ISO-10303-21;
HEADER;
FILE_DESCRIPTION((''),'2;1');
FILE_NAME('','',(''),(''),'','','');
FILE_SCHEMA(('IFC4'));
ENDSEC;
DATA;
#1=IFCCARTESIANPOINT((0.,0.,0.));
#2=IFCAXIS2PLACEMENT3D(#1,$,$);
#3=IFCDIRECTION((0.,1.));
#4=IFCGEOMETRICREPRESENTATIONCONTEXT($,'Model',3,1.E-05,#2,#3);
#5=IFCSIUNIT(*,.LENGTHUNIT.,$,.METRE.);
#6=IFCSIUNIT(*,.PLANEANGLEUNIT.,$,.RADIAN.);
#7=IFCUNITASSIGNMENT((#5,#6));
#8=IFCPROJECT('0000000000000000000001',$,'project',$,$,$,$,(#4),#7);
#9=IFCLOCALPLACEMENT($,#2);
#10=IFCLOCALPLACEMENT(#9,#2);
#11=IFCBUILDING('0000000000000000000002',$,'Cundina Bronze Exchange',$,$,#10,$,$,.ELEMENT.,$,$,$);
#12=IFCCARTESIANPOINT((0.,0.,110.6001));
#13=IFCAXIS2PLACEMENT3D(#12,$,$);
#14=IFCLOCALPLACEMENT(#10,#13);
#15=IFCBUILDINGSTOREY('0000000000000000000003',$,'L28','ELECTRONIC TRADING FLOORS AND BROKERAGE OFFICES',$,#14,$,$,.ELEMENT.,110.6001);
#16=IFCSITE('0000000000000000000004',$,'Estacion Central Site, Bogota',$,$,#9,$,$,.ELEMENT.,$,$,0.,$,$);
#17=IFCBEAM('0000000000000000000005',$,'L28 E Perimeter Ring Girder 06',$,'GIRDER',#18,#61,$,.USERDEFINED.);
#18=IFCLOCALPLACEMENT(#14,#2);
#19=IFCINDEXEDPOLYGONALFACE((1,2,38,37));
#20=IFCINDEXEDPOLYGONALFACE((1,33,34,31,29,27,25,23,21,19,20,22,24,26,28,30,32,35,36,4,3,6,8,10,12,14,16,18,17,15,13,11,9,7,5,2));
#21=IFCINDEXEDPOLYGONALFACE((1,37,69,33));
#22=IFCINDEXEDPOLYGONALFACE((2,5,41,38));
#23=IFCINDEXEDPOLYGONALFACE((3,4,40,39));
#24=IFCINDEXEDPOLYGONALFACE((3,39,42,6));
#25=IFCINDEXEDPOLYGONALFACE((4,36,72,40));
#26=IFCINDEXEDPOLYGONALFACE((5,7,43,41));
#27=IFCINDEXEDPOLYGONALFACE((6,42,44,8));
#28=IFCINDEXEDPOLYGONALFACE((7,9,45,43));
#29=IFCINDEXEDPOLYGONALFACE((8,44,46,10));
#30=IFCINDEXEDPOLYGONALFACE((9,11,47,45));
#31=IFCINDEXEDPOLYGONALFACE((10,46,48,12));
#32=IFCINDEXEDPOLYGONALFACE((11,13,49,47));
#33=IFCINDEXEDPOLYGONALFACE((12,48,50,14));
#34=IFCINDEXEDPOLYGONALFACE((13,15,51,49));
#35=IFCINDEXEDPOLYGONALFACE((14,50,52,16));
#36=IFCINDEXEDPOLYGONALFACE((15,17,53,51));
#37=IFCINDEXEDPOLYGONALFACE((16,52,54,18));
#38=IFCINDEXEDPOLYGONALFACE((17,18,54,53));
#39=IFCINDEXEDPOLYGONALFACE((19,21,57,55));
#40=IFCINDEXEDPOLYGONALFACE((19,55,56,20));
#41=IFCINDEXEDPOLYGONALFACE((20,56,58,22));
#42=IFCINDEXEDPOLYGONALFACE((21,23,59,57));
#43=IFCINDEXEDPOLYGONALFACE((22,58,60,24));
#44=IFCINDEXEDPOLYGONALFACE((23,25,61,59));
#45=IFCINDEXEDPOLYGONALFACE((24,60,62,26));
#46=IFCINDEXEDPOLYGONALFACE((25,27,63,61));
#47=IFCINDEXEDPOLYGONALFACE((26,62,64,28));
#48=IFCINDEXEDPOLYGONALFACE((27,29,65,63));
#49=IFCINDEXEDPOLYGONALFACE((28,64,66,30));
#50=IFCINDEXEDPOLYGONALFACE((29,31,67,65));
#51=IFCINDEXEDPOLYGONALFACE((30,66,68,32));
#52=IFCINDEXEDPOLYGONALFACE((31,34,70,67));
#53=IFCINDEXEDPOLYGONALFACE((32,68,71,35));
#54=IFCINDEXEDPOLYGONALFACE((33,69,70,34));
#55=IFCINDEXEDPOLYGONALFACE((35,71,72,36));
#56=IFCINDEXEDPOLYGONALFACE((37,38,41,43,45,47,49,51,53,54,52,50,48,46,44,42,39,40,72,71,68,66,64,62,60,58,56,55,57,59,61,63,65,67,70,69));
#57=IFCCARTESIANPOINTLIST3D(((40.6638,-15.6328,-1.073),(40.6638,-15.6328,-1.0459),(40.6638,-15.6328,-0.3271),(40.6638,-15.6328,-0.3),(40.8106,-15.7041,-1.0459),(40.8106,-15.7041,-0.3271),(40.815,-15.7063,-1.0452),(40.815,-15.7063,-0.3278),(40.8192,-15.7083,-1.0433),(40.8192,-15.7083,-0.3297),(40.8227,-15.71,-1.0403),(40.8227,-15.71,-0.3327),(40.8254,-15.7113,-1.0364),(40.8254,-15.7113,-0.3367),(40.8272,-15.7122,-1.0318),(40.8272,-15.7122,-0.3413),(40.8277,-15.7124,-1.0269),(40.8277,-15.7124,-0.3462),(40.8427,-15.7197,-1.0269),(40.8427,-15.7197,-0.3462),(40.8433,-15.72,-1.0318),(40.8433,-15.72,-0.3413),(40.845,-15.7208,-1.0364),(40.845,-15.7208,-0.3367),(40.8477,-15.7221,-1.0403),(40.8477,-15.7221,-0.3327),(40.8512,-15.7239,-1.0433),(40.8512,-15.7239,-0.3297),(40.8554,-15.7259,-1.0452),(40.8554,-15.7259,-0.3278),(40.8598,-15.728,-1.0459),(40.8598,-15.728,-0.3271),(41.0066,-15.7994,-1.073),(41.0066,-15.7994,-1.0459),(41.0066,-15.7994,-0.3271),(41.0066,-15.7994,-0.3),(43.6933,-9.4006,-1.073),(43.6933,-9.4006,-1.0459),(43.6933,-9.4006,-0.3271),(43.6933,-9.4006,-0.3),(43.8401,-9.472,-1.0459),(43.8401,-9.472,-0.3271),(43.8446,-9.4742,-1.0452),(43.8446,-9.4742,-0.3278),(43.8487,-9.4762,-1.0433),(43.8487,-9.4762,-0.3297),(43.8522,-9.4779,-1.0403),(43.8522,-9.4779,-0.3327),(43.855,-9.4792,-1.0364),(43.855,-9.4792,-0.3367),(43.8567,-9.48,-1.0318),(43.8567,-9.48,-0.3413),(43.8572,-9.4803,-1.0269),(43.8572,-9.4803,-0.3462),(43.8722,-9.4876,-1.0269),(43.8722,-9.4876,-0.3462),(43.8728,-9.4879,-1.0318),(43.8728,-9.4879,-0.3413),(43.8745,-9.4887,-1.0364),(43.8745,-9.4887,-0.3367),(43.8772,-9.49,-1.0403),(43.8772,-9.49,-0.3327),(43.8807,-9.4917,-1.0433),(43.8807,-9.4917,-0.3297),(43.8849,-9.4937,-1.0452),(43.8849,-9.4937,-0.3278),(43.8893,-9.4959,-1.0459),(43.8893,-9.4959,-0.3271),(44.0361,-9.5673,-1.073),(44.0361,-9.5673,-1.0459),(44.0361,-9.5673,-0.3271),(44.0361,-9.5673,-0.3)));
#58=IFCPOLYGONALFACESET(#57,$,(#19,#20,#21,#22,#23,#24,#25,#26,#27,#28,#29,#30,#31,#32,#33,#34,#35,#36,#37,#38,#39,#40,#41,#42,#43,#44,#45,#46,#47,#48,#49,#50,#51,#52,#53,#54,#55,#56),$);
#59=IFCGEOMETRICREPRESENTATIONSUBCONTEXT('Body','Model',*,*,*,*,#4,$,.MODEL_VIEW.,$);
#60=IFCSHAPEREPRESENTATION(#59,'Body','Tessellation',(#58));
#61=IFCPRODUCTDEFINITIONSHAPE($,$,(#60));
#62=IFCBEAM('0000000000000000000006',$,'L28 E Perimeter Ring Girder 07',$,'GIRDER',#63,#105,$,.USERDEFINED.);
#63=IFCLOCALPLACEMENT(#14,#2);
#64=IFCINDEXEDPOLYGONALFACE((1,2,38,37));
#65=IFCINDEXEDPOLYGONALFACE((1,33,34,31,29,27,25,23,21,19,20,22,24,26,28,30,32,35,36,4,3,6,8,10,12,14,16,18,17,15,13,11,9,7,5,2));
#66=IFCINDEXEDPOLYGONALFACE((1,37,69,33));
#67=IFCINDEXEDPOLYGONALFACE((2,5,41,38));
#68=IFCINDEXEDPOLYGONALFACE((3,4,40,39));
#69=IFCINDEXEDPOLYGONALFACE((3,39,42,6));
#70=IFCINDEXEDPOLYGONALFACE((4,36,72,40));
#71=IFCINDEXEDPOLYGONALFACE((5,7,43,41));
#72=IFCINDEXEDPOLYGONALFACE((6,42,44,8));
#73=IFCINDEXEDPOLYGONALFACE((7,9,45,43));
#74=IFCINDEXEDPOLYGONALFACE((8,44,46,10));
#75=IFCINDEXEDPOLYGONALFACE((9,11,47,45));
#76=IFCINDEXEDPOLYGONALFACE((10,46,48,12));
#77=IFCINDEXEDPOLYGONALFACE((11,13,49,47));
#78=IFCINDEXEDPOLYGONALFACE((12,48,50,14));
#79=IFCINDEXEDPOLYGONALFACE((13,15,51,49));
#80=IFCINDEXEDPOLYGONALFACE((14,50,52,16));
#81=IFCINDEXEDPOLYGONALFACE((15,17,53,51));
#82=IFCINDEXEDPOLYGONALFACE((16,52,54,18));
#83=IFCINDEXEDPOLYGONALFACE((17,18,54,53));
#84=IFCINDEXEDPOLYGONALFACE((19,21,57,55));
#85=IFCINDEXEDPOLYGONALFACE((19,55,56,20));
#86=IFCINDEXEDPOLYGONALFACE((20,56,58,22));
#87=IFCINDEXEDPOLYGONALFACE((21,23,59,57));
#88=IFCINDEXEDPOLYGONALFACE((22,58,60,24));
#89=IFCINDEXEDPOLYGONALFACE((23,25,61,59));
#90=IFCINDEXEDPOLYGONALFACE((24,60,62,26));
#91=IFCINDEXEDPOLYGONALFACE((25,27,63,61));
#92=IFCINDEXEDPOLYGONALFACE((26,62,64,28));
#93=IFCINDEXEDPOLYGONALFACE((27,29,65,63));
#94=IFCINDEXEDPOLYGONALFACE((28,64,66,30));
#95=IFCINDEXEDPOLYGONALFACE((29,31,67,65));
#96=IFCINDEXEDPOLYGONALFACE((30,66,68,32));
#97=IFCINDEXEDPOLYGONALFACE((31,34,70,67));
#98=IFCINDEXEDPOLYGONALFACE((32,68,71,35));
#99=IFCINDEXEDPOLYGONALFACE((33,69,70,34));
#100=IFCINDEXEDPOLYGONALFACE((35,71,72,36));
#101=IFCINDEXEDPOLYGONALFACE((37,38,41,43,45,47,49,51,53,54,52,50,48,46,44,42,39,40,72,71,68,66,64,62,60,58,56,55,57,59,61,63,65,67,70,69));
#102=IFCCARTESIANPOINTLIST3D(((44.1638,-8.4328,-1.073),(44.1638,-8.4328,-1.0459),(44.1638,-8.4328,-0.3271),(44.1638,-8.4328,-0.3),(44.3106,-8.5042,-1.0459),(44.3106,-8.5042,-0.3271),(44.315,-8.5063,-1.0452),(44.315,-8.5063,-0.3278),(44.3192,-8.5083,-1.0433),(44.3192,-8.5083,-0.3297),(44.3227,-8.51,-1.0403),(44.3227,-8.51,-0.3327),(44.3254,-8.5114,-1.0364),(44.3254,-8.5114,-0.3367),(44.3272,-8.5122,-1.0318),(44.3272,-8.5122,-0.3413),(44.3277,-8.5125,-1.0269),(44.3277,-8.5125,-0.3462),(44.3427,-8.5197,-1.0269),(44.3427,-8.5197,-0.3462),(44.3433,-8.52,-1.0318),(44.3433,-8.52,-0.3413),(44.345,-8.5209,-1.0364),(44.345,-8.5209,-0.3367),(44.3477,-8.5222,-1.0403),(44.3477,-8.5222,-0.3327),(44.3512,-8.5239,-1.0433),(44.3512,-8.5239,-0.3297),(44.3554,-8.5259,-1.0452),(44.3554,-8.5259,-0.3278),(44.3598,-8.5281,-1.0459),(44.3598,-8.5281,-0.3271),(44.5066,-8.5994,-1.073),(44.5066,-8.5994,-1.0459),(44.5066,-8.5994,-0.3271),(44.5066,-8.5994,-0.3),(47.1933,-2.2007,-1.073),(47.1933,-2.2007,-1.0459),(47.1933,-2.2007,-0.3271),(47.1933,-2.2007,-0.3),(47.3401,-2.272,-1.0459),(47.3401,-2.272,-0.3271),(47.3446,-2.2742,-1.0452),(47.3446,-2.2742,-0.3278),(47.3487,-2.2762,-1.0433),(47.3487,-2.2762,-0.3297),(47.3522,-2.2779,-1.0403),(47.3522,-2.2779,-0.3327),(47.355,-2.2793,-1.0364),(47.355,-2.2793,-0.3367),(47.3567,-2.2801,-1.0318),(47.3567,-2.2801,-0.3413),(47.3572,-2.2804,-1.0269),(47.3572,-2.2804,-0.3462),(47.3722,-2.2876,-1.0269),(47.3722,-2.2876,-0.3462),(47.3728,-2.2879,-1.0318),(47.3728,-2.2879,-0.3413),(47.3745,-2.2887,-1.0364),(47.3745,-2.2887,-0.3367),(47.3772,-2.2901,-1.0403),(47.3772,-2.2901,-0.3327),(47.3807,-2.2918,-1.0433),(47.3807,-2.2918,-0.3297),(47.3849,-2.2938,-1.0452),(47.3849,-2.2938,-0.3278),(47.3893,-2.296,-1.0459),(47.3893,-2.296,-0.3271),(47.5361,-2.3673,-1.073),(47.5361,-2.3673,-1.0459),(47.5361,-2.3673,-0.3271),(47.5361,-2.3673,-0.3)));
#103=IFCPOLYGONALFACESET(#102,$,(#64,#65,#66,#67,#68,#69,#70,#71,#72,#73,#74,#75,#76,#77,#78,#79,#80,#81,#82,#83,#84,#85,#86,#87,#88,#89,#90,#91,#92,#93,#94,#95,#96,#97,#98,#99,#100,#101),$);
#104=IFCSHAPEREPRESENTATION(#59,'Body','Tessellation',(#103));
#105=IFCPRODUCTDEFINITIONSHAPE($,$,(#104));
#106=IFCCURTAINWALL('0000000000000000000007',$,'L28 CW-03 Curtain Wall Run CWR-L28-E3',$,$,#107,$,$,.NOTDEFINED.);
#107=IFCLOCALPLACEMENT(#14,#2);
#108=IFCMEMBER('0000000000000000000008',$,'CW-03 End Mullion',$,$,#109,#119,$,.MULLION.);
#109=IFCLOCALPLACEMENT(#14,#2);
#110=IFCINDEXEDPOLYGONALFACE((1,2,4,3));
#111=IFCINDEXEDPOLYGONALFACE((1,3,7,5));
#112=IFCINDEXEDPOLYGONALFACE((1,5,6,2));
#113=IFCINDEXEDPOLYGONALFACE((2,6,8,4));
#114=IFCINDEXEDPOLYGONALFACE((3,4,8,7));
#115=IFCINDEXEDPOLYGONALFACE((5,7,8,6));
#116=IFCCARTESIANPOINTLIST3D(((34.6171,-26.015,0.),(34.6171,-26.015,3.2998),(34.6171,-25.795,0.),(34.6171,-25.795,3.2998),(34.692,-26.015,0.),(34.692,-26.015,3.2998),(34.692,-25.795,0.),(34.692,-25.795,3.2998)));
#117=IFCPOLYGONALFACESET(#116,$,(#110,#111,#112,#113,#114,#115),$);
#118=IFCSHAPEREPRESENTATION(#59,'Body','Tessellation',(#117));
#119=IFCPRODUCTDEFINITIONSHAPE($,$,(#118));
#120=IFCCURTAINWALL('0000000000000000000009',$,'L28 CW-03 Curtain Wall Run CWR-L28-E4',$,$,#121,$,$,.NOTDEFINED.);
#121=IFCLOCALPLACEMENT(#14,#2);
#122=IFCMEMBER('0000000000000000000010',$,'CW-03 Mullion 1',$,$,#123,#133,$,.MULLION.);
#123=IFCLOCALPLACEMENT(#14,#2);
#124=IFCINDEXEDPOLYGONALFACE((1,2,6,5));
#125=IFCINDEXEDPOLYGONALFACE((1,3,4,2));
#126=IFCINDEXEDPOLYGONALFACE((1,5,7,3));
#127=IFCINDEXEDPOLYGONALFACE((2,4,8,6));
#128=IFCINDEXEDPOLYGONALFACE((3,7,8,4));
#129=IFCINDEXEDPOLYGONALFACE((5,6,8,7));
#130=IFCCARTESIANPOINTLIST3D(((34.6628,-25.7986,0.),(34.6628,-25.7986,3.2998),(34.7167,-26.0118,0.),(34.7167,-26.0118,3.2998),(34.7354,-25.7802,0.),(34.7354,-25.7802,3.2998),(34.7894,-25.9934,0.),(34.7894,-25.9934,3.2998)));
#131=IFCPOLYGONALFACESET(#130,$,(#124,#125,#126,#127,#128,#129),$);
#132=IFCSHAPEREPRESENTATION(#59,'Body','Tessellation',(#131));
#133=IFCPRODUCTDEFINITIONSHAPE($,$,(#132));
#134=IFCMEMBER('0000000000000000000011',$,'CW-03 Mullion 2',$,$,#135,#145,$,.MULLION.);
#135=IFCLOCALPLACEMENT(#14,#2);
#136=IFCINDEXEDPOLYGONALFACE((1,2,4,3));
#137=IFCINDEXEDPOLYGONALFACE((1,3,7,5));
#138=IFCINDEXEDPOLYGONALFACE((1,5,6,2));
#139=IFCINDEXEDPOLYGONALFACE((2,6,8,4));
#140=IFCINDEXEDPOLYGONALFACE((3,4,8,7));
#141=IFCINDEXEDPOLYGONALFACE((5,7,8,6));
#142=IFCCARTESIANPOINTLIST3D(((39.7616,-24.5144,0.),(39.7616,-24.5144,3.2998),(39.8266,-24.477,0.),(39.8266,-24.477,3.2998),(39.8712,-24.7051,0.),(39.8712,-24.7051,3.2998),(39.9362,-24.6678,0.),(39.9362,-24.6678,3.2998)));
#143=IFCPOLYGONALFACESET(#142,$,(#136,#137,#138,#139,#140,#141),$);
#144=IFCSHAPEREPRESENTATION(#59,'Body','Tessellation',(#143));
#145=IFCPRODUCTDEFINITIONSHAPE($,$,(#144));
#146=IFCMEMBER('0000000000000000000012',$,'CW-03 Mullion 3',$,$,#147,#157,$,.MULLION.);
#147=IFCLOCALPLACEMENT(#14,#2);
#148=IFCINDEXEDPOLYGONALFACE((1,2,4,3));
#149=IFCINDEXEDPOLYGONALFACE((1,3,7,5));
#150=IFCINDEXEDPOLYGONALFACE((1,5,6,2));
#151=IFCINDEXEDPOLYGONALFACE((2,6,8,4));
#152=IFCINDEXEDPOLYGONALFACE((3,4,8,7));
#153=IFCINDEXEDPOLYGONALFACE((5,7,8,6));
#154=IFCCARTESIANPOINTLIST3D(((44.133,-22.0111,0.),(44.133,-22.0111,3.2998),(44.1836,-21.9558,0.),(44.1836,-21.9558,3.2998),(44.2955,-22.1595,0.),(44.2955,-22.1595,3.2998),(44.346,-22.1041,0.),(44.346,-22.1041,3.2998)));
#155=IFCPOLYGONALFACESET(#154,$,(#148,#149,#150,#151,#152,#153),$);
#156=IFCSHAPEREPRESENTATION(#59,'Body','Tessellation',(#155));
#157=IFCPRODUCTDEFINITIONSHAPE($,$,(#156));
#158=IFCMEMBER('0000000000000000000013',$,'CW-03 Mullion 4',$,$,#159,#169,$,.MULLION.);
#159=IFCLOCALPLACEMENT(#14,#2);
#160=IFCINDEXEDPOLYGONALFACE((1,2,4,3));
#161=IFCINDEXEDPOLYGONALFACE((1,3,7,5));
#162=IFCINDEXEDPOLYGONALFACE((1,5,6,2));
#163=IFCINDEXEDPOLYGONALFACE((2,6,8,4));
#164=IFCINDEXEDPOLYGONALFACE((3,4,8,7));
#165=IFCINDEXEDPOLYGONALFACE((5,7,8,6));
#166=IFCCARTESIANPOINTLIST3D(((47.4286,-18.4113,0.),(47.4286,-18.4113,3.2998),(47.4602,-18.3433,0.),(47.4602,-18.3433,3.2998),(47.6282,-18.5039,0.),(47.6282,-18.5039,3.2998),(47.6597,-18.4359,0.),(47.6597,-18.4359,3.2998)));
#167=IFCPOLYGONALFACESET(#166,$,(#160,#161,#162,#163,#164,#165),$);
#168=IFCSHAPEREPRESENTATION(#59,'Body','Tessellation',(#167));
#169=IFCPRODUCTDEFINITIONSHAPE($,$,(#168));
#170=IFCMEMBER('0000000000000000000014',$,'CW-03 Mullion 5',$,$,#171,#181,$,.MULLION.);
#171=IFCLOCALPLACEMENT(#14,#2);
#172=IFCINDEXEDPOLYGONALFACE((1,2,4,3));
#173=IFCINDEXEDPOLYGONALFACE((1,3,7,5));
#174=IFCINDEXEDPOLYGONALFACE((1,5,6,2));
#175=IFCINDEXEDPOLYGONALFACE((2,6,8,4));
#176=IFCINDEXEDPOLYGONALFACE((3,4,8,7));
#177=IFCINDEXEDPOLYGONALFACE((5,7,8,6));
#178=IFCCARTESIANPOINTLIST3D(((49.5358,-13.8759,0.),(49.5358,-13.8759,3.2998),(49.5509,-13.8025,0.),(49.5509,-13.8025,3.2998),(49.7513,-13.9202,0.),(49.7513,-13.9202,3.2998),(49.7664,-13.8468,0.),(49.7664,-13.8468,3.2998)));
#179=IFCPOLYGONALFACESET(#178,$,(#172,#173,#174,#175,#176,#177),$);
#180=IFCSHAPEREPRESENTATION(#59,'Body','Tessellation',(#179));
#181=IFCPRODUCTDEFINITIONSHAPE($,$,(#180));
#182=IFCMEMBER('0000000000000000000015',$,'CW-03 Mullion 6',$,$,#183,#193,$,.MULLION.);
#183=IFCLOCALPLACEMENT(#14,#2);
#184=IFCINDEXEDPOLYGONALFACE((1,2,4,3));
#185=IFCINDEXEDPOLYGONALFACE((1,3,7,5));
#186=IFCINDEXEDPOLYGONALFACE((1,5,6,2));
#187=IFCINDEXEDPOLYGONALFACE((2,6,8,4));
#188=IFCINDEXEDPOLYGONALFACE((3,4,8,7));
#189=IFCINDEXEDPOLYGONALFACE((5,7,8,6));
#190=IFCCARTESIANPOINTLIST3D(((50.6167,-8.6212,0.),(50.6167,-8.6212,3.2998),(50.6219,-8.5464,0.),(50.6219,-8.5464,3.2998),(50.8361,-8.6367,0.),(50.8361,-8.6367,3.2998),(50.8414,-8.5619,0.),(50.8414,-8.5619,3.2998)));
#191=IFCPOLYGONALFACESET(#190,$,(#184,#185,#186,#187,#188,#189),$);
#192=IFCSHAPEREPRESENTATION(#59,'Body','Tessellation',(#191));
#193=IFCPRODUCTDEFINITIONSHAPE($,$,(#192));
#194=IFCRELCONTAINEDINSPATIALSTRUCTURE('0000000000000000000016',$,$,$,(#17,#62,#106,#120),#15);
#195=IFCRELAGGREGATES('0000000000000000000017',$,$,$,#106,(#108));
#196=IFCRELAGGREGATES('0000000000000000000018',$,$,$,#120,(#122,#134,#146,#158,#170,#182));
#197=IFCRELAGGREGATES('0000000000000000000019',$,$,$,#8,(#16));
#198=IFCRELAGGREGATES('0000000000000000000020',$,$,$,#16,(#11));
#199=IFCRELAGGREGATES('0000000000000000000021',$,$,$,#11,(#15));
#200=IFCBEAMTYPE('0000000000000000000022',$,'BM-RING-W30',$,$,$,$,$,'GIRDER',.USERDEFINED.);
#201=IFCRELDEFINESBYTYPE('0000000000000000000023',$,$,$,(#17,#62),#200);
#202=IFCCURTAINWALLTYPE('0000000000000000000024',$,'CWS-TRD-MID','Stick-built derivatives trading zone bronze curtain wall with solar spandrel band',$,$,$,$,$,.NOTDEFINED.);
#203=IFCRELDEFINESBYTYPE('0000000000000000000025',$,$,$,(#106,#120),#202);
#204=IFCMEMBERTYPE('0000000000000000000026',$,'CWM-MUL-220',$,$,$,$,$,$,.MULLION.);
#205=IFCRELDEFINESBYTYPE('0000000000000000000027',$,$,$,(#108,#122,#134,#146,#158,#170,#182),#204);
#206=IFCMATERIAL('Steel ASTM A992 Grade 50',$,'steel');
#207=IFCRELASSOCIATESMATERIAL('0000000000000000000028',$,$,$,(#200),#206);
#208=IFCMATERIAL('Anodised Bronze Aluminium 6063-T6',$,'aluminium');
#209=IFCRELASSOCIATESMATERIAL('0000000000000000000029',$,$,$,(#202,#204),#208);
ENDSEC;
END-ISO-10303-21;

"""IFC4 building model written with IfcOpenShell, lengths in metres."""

from ifc_helpers import new_model, si_unit, direction, frame, origin, origin_2d, place, context, subcontext, project, spatial, rectangle, i_section, extrude, material, material_profile, profile_set, type_object, element, aggregate, save


model = new_model("IFC4")

# Units and contexts
model_context = context("Model", 3, precision=1e-05, world=origin(), true_north=direction((0.0, 1.0)))
body_context = subcontext(model_context, "Body", "Model", "MODEL_VIEW")
ifc_project = project(units=[si_unit("LENGTHUNIT", "METRE"), si_unit("PLANEANGLEUNIT", "RADIAN")], contexts=[model_context])

# Site, building, storey
site_placement = place(None, origin())
site = spatial("IfcSite", under=ifc_project, at=site_placement, Name="Estacion Central Site, Bogota", CompositionType="ELEMENT", RefElevation=0.0)
building_placement = place(site_placement, origin())
building = spatial("IfcBuilding", under=site, at=building_placement, Name="Cundina Bronze Exchange", CompositionType="ELEMENT")
storey_placement = place(building_placement, frame((0.0, 0.0, 110.6001)))
storey = spatial("IfcBuildingStorey", under=building, at=storey_placement, Name="L28", Description="ELECTRONIC TRADING FLOORS AND BROKERAGE OFFICES", CompositionType="ELEMENT", Elevation=110.6001)

# Beams
ifc_material_1 = material(Name="Steel ASTM A992 Grade 50", Category="steel")
ifc_material_profile_1 = material_profile(ifc_material_1, i_section(OverallWidth=0.3811, OverallDepth=0.7729, WebThickness=0.0166, FlangeThickness=0.0271, FilletRadius=0.019, at=origin_2d()), Name="W30X173", Category="steel")
ifc_profile_set_1 = profile_set([ifc_material_profile_1], Name="Steel ASTM A992 Grade 50")
beam_type_1 = type_object("IfcBeamType", Name="BM-RING-W30", ElementType="GIRDER", PredefinedType="USERDEFINED", material=ifc_profile_set_1)
for number, where, z_axis, x_axis, name in (
    (1, (40.8352, -15.7161, -0.6865), (0.437194, 0.899367, 0.0), (-0.899367, 0.437194, 0.0), "L28 E Perimeter Ring Girder 06"),
    (2, (44.3352, -8.5161, -0.6865), (0.437194, 0.899367, 0.0), (-0.899367, 0.437194, 0.0), "L28 E Perimeter Ring Girder 07"),
):
    element("IfcBeam", number, at=place(storey_placement, frame(where, z_axis=z_axis, x_axis=x_axis)), inside=storey, type_object=beam_type_1, Name=name, ObjectType="GIRDER", PredefinedType="USERDEFINED", context=body_context, shape_type="SweptSolid", body=[
        extrude(i_section(OverallWidth=0.3811, OverallDepth=0.7729, WebThickness=0.0166, FlangeThickness=0.0271, FilletRadius=0.019, at=origin_2d()), origin(), (0.0, 0.0, 1.0), 6.9294),
    ])

# Curtain wall, member
ifc_material_2 = material(Name="Anodised Bronze Aluminium 6063-T6", Category="aluminium")
curtain_wall_type = type_object("IfcCurtainWallType", Name="CWS-TRD-MID", Description="Stick-built derivatives trading zone bronze curtain wall with solar spandrel band", PredefinedType="NOTDEFINED", material=ifc_material_2)
curtain_wall_1_placement = place(storey_placement, origin())
curtain_wall_1 = element("IfcCurtainWall", 3, at=curtain_wall_1_placement, inside=storey, type_object=curtain_wall_type, Name="L28 CW-03 Curtain Wall Run CWR-L28-E3", PredefinedType="NOTDEFINED")
ifc_material_profile_2 = material_profile(ifc_material_2, rectangle(XDim=0.075, YDim=0.22, at=origin_2d()), Name="AL75X220", Category="aluminium")
ifc_profile_set_2 = profile_set([ifc_material_profile_2], Name="Anodised Bronze Aluminium 6063-T6")
member_type_1 = type_object("IfcMemberType", Name="CWM-MUL-220", PredefinedType="MULLION", material=ifc_profile_set_2)
member_1_placement = place(storey_placement, frame((34.6545, -25.905, 0.0), z_axis=(0.0, 0.0, 1.0), x_axis=(1.0, 0.0, 0.0)))
member_1 = element("IfcMember", 4, at=member_1_placement, type_object=member_type_1, Name="CW-03 End Mullion", PredefinedType="MULLION", context=body_context, shape_type="SweptSolid", body=[
    extrude(rectangle(XDim=0.075, YDim=0.22, at=origin_2d()), origin(), (0.0, 0.0, 1.0), 3.2998),
])
aggregate(curtain_wall_1, [member_1])

# Curtain wall, members
curtain_wall_2_placement = place(storey_placement, origin())
curtain_wall_2 = element("IfcCurtainWall", 5, at=curtain_wall_2_placement, inside=storey, type_object=curtain_wall_type, Name="L28 CW-03 Curtain Wall Run CWR-L28-E4", PredefinedType="NOTDEFINED")
member_2_placement = place(storey_placement, frame((34.7261, -25.896, 0.0), z_axis=(0.0, 0.0, 1.0), x_axis=(0.969488, 0.245138, 0.0)))
member_2 = element("IfcMember", 6, at=member_2_placement, type_object=member_type_1, Name="CW-03 Mullion 1", PredefinedType="MULLION", context=body_context, shape_type="SweptSolid", body=[
    extrude(rectangle(XDim=0.075, YDim=0.22, at=origin_2d()), origin(), (0.0, 0.0, 1.0), 3.2998),
])
member_3_placement = place(storey_placement, frame((39.8489, -24.5911, 0.0), z_axis=(0.0, 0.0, 1.0), x_axis=(0.867071, 0.498185, 0.0)))
member_3 = element("IfcMember", 7, at=member_3_placement, type_object=member_type_1, Name="CW-03 Mullion 2", PredefinedType="MULLION", context=body_context, shape_type="SweptSolid", body=[
    extrude(rectangle(XDim=0.075, YDim=0.22, at=origin_2d()), origin(), (0.0, 0.0, 1.0), 3.2998),
])
member_4_placement = place(storey_placement, frame((44.2395, -22.0576, 0.0), z_axis=(0.0, 0.0, 1.0), x_axis=(0.674302, 0.738455, 0.0)))
member_4 = element("IfcMember", 8, at=member_4_placement, type_object=member_type_1, Name="CW-03 Mullion 3", PredefinedType="MULLION", context=body_context, shape_type="SweptSolid", body=[
    extrude(rectangle(XDim=0.075, YDim=0.22, at=origin_2d()), origin(), (0.0, 0.0, 1.0), 3.2998),
])
member_5_placement = place(storey_placement, frame((47.5442, -18.4236, 0.0), z_axis=(0.0, 0.0, 1.0), x_axis=(0.420877, 0.907117, 0.0)))
member_5 = element("IfcMember", 9, at=member_5_placement, type_object=member_type_1, Name="CW-03 Mullion 4", PredefinedType="MULLION", context=body_context, shape_type="SweptSolid", body=[
    extrude(rectangle(XDim=0.075, YDim=0.22, at=origin_2d()), origin(), (0.0, 0.0, 1.0), 3.2998),
])
member_6_placement = place(storey_placement, frame((49.6511, -13.8613, 0.0), z_axis=(0.0, 0.0, 1.0), x_axis=(0.20142, 0.979505, 0.0)))
member_6 = element("IfcMember", 10, at=member_6_placement, type_object=member_type_1, Name="CW-03 Mullion 5", PredefinedType="MULLION", context=body_context, shape_type="SweptSolid", body=[
    extrude(rectangle(XDim=0.075, YDim=0.22, at=origin_2d()), origin(), (0.0, 0.0, 1.0), 3.2998),
])
member_7_placement = place(storey_placement, frame((50.729, -8.5916, 0.0), z_axis=(0.0, 0.0, 1.0), x_axis=(0.070279, 0.997527, 0.0)))
member_7 = element("IfcMember", 11, at=member_7_placement, type_object=member_type_1, Name="CW-03 Mullion 6", PredefinedType="MULLION", context=body_context, shape_type="SweptSolid", body=[
    extrude(rectangle(XDim=0.075, YDim=0.22, at=origin_2d()), origin(), (0.0, 0.0, 1.0), 3.2998),
])
aggregate(curtain_wall_2, [member_2, member_3, member_4, member_5, member_6, member_7])

save(model, "model.ifc")
